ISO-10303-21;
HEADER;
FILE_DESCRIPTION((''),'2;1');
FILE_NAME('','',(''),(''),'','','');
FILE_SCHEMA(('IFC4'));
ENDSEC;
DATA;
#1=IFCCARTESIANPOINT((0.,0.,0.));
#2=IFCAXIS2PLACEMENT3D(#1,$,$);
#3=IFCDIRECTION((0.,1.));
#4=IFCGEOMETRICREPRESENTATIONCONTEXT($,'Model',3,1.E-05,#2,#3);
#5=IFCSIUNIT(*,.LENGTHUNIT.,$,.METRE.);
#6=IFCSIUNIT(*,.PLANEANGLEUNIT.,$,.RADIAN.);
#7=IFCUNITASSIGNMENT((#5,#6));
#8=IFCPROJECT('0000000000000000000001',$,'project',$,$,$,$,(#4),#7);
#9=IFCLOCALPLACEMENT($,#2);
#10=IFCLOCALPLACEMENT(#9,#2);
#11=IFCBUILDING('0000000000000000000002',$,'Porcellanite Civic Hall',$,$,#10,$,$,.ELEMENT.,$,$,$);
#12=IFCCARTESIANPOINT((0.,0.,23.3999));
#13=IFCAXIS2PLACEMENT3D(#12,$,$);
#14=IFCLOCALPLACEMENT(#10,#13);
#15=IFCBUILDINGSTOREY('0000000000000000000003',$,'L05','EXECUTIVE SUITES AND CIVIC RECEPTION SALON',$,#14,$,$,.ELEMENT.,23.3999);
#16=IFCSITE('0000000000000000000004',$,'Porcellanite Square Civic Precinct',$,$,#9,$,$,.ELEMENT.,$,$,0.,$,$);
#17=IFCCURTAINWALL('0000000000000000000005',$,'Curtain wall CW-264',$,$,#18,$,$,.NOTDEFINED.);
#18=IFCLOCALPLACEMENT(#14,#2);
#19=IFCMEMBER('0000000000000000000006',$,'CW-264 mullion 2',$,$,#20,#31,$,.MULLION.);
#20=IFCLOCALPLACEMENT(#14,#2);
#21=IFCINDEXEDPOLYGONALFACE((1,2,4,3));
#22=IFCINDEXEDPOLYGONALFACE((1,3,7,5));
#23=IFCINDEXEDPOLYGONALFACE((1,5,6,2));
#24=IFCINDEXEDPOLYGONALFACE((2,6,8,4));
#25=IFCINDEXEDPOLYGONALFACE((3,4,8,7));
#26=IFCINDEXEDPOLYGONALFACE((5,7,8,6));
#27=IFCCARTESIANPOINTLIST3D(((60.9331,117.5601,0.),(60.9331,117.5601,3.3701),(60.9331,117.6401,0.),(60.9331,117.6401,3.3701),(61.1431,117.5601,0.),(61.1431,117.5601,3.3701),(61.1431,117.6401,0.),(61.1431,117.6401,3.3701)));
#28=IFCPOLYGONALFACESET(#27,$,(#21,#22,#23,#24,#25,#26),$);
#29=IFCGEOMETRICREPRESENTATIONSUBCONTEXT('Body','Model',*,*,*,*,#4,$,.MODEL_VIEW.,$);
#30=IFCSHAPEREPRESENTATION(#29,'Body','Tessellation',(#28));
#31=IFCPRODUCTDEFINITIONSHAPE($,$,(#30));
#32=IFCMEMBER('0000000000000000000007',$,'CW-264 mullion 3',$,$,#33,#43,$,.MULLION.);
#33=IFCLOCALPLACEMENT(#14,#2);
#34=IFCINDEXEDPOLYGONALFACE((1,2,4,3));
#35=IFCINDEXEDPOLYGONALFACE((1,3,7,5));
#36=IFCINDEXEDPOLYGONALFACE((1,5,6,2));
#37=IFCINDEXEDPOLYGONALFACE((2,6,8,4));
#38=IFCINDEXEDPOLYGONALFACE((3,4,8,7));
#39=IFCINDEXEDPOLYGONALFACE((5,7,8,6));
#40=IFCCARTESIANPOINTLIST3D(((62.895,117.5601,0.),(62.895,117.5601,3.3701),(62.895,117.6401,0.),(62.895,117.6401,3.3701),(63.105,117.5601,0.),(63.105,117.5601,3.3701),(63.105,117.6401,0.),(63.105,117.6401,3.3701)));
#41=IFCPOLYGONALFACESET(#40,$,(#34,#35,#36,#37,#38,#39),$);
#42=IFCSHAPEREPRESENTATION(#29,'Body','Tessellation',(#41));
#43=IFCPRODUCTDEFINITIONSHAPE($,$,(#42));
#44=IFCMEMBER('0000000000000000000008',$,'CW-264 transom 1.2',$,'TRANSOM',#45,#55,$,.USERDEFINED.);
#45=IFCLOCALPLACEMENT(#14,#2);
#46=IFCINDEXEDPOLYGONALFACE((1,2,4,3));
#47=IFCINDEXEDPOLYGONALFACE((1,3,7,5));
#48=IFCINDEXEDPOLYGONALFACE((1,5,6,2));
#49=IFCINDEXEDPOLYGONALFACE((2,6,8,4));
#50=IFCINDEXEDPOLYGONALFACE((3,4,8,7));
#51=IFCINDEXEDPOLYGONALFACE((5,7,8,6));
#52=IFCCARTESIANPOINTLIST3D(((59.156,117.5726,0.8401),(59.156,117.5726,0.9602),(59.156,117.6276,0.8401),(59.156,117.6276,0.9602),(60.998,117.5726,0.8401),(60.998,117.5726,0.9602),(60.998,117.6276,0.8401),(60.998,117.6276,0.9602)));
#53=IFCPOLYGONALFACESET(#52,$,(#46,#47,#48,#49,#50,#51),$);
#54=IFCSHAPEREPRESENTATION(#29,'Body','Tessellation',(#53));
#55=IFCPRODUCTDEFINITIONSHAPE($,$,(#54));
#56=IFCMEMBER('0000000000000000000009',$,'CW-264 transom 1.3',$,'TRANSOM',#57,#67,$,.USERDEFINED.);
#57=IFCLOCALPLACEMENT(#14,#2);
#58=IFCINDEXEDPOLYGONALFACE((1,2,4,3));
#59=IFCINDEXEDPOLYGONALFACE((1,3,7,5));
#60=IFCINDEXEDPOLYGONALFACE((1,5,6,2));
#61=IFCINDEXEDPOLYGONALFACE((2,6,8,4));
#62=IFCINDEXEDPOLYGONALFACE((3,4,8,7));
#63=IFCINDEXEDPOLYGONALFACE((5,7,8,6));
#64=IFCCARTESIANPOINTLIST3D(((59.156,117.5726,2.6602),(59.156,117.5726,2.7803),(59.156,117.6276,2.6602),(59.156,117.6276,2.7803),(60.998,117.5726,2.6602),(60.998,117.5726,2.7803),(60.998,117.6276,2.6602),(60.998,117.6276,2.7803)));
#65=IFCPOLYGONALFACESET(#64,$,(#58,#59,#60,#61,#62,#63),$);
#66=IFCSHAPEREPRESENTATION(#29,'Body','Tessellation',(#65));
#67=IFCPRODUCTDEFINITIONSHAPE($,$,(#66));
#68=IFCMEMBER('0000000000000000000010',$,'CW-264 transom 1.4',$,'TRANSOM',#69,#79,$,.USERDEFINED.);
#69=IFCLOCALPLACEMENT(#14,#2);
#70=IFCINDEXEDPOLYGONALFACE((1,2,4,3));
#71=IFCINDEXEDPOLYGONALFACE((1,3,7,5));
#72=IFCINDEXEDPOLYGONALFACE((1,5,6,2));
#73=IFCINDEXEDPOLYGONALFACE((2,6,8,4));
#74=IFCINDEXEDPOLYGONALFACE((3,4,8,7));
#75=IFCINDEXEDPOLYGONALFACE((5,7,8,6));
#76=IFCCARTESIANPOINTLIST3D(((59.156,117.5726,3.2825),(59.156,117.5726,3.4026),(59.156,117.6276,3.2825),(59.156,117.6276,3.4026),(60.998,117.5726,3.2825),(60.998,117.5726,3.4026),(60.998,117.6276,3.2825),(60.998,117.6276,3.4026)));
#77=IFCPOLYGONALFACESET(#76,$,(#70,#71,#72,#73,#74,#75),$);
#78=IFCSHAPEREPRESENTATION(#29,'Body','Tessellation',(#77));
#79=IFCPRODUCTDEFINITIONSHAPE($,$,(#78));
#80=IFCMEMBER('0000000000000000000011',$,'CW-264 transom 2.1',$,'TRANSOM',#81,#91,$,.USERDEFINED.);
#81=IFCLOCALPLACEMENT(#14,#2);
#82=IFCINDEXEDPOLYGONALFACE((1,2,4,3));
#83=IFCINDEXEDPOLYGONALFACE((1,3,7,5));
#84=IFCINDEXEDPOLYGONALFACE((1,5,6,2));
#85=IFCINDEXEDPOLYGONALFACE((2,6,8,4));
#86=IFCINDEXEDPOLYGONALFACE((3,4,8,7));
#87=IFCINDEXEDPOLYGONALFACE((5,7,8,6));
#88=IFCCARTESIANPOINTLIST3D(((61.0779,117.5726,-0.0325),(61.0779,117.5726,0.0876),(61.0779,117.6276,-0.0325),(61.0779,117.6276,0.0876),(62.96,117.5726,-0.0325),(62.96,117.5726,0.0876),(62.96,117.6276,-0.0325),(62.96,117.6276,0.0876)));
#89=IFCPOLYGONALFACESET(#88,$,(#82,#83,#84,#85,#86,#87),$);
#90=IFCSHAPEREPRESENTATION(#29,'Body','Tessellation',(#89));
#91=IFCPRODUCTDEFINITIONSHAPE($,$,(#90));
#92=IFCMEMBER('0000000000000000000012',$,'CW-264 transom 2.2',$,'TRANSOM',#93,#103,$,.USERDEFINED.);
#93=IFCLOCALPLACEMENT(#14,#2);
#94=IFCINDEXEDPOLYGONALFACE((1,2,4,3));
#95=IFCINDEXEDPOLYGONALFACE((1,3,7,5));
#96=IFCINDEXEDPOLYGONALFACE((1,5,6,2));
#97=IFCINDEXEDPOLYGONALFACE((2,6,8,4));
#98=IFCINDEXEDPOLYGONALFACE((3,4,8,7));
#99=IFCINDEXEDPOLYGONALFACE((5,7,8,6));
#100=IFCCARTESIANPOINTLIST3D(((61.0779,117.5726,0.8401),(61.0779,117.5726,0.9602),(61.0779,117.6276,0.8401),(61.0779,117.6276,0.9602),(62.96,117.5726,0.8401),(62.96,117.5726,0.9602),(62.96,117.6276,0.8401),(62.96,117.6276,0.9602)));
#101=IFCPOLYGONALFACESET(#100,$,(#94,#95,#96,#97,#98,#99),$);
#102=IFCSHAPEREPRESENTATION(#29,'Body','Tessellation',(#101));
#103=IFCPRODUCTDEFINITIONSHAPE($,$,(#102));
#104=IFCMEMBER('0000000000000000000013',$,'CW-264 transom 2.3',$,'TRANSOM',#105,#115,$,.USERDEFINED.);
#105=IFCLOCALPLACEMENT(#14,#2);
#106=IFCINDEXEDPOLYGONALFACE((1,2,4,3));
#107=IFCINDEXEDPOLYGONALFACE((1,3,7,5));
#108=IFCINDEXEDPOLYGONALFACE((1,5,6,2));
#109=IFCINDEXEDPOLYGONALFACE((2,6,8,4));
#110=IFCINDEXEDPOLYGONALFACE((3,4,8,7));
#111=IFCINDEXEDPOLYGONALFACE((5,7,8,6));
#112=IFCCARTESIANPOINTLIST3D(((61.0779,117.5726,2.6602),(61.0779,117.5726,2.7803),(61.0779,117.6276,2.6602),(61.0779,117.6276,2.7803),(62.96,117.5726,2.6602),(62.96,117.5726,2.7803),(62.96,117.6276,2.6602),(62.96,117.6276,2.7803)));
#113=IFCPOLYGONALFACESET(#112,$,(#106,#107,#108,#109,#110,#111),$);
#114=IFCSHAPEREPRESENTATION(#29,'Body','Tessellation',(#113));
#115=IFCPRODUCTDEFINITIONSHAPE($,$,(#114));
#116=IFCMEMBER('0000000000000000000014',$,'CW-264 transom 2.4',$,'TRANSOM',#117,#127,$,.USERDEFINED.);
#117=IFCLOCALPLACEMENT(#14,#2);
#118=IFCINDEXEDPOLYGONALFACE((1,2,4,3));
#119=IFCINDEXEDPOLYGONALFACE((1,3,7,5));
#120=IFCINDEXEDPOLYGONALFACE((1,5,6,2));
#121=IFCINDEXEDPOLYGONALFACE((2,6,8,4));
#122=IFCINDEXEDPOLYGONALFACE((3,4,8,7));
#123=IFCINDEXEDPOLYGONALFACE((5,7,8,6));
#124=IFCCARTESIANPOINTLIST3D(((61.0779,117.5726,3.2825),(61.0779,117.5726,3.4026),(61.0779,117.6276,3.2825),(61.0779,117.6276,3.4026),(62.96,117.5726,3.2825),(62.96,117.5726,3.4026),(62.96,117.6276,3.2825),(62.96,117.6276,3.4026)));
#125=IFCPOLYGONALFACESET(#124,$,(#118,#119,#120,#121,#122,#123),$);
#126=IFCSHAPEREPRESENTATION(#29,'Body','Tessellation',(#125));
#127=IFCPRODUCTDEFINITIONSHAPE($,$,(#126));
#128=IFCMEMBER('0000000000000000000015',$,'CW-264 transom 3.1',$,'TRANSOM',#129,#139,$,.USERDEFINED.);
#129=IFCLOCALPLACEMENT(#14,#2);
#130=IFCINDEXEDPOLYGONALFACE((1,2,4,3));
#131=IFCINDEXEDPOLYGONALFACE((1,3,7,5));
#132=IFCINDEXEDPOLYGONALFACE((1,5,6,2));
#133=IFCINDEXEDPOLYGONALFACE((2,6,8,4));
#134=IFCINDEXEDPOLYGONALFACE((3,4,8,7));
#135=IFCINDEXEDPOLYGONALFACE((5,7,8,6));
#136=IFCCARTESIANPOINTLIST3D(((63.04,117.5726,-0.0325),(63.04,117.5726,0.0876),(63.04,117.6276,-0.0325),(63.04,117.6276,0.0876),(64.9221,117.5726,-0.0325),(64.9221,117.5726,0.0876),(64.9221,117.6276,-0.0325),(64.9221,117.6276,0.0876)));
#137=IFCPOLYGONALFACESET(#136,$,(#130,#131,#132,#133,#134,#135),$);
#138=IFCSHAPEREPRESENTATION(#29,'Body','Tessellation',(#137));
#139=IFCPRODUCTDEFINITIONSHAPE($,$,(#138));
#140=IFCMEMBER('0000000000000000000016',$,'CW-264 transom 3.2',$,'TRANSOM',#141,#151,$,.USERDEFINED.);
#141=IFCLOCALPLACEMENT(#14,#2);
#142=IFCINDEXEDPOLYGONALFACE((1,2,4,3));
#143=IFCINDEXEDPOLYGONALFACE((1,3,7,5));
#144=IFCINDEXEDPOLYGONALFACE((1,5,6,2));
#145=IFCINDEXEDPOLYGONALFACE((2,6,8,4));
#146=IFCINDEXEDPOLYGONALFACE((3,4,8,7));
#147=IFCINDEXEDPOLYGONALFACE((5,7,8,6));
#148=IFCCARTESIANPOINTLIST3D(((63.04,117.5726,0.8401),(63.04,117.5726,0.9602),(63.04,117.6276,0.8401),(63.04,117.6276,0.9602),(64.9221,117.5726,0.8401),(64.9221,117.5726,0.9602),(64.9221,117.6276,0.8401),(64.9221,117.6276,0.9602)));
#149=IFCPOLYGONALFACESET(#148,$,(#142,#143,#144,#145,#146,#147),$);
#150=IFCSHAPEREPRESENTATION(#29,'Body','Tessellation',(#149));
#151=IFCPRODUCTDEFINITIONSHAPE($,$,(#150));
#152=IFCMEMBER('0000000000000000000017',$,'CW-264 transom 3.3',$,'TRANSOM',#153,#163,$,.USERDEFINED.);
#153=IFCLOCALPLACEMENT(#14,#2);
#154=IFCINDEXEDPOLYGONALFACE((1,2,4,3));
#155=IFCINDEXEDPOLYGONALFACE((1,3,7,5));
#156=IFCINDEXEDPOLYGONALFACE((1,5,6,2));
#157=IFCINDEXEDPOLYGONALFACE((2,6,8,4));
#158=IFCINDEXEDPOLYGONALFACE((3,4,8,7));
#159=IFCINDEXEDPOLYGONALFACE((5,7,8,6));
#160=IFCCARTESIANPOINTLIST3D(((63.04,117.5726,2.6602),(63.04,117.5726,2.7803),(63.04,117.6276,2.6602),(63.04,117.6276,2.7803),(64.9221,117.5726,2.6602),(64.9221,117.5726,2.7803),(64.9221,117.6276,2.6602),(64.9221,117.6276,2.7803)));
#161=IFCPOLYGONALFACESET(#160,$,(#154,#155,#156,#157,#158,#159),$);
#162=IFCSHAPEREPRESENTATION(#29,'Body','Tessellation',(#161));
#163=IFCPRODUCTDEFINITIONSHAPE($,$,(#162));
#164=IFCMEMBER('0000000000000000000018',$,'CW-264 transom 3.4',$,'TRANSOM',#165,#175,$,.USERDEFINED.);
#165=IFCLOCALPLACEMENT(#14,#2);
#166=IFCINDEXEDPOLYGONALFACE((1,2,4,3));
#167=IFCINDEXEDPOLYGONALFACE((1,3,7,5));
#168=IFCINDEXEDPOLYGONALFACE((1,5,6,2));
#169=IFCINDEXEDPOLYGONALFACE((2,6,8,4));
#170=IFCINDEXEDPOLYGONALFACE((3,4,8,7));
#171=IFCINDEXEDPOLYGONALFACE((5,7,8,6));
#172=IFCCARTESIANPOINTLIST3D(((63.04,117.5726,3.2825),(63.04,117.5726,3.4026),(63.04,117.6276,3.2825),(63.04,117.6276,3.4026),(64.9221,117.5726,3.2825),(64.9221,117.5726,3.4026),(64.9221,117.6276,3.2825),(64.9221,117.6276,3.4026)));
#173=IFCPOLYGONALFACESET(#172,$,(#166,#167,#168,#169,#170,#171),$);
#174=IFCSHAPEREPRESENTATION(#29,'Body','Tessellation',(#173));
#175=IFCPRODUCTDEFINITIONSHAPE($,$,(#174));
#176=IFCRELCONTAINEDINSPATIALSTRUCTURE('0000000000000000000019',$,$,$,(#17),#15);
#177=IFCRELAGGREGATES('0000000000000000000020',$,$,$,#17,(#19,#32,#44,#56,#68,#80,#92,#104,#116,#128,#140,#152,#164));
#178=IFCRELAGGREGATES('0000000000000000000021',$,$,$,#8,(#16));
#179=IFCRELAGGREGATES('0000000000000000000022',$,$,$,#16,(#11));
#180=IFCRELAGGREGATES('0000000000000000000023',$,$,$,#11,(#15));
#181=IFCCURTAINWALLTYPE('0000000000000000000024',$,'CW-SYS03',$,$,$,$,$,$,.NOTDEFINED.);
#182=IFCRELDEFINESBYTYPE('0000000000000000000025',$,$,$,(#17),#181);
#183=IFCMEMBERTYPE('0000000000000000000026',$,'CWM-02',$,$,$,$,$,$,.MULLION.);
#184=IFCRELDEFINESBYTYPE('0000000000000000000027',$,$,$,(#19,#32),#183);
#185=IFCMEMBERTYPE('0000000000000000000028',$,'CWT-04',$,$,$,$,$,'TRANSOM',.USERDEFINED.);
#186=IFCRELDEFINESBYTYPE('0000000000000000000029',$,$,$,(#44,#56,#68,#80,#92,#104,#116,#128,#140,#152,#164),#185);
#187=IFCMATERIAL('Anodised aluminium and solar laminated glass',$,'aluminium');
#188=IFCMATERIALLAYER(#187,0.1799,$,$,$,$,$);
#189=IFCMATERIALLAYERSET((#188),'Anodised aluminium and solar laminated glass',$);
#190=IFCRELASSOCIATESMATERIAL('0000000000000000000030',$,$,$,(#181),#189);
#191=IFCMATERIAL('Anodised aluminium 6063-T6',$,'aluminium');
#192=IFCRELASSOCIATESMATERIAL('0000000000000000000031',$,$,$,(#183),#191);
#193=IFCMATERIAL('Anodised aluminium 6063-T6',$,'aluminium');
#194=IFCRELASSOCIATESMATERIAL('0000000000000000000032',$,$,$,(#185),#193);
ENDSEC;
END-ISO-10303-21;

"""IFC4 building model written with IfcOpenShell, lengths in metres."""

from ifc_helpers import new_model, si_unit, direction, frame, origin, origin_2d, place, context, subcontext, project, spatial, rectangle, extrude, material, layer, layer_set, material_profile, profile_set, type_object, element, aggregate, save


model = new_model("IFC4")

# Units and contexts
model_context = context("Model", 3, precision=1e-05, world=origin(), true_north=direction((0.0, 1.0)))
body_context = subcontext(model_context, "Body", "Model", "MODEL_VIEW")
ifc_project = project(units=[si_unit("LENGTHUNIT", "METRE"), si_unit("PLANEANGLEUNIT", "RADIAN")], contexts=[model_context])

# Site, building, storey
site_placement = place(None, origin())
site = spatial("IfcSite", under=ifc_project, at=site_placement, Name="Porcellanite Square Civic Precinct", CompositionType="ELEMENT", RefElevation=0.0)
building_placement = place(site_placement, origin())
building = spatial("IfcBuilding", under=site, at=building_placement, Name="Porcellanite Civic Hall", CompositionType="ELEMENT")
storey_placement = place(building_placement, frame((0.0, 0.0, 23.3999)))
storey = spatial("IfcBuildingStorey", under=building, at=storey_placement, Name="L05", Description="EXECUTIVE SUITES AND CIVIC RECEPTION SALON", CompositionType="ELEMENT", Elevation=23.3999)

# Curtain wall, members
ifc_material_1 = material(Name="Anodised aluminium and solar laminated glass", Category="aluminium")
ifc_layer_1 = layer(ifc_material_1, 0.1799)
ifc_layer_set_1 = layer_set([ifc_layer_1], Name="Anodised aluminium and solar laminated glass")
curtain_wall_type = type_object("IfcCurtainWallType", Name="CW-SYS03", PredefinedType="NOTDEFINED", material=ifc_layer_set_1)
curtain_wall_placement = place(storey_placement, origin())
curtain_wall = element("IfcCurtainWall", 1, at=curtain_wall_placement, inside=storey, type_object=curtain_wall_type, Name="Curtain wall CW-264", PredefinedType="NOTDEFINED")
ifc_material_2 = material(Name="Anodised aluminium 6063-T6", Category="aluminium")
ifc_material_profile_1 = material_profile(ifc_material_2, rectangle(XDim=0.0801, YDim=0.21, at=origin_2d()), Name="AL-80x210")
ifc_profile_set_1 = profile_set([ifc_material_profile_1], Name="Anodised aluminium 6063-T6")
member_type_1 = type_object("IfcMemberType", Name="CWM-02", PredefinedType="MULLION", material=ifc_profile_set_1)
member_1_placement = place(storey_placement, frame((61.0381, 117.6001, 0.0), z_axis=(0.0, 0.0, 1.0), x_axis=(0.0, 1.0, 0.0)))
member_1 = element("IfcMember", 2, at=member_1_placement, type_object=member_type_1, Name="CW-264 mullion 2", PredefinedType="MULLION", context=body_context, shape_type="SweptSolid", body=[
    extrude(rectangle(XDim=0.0801, YDim=0.21, at=origin_2d()), origin(), (0.0, 0.0, 1.0), 3.3701),
])
member_2_placement = place(storey_placement, frame((63.0, 117.6001, 0.0), z_axis=(0.0, 0.0, 1.0), x_axis=(0.0, 1.0, 0.0)))
member_2 = element("IfcMember", 3, at=member_2_placement, type_object=member_type_1, Name="CW-264 mullion 3", PredefinedType="MULLION", context=body_context, shape_type="SweptSolid", body=[
    extrude(rectangle(XDim=0.0801, YDim=0.21, at=origin_2d()), origin(), (0.0, 0.0, 1.0), 3.3701),
])
ifc_material_3 = material(Name="Anodised aluminium 6063-T6", Category="aluminium")
ifc_material_profile_2 = material_profile(ifc_material_3, rectangle(XDim=0.0549, YDim=0.1201, at=origin_2d()), Name="AL-55x120")
ifc_profile_set_2 = profile_set([ifc_material_profile_2], Name="Anodised aluminium 6063-T6")
member_type_2 = type_object("IfcMemberType", Name="CWT-04", ElementType="TRANSOM", PredefinedType="USERDEFINED", material=ifc_profile_set_2)
member_3_placement = place(storey_placement, frame((59.156, 117.6001, 0.9001), z_axis=(1.0, 0.0, 0.0), x_axis=(0.0, 1.0, 0.0)))
member_3 = element("IfcMember", 4, at=member_3_placement, type_object=member_type_2, Name="CW-264 transom 1.2", ObjectType="TRANSOM", PredefinedType="USERDEFINED", context=body_context, shape_type="SweptSolid", body=[
    extrude(rectangle(XDim=0.0549, YDim=0.1201, at=origin_2d()), origin(), (0.0, 0.0, 1.0), 1.842),
])
member_4_placement = place(storey_placement, frame((59.156, 117.6001, 2.7202), z_axis=(1.0, 0.0, 0.0), x_axis=(0.0, 1.0, 0.0)))
member_4 = element("IfcMember", 5, at=member_4_placement, type_object=member_type_2, Name="CW-264 transom 1.3", ObjectType="TRANSOM", PredefinedType="USERDEFINED", context=body_context, shape_type="SweptSolid", body=[
    extrude(rectangle(XDim=0.0549, YDim=0.1201, at=origin_2d()), origin(), (0.0, 0.0, 1.0), 1.842),
])
member_5_placement = place(storey_placement, frame((59.156, 117.6001, 3.3425), z_axis=(1.0, 0.0, 0.0), x_axis=(0.0, 1.0, 0.0)))
member_5 = element("IfcMember", 6, at=member_5_placement, type_object=member_type_2, Name="CW-264 transom 1.4", ObjectType="TRANSOM", PredefinedType="USERDEFINED", context=body_context, shape_type="SweptSolid", body=[
    extrude(rectangle(XDim=0.0549, YDim=0.1201, at=origin_2d()), origin(), (0.0, 0.0, 1.0), 1.842),
])
member_6_placement = place(storey_placement, frame((61.0779, 117.6001, 0.0276), z_axis=(1.0, 0.0, 0.0), x_axis=(0.0, 1.0, 0.0)))
member_6 = element("IfcMember", 7, at=member_6_placement, type_object=member_type_2, Name="CW-264 transom 2.1", ObjectType="TRANSOM", PredefinedType="USERDEFINED", context=body_context, shape_type="SweptSolid", body=[
    extrude(rectangle(XDim=0.0549, YDim=0.1201, at=origin_2d()), origin(), (0.0, 0.0, 1.0), 1.8821),
])
member_7_placement = place(storey_placement, frame((61.0779, 117.6001, 0.9001), z_axis=(1.0, 0.0, 0.0), x_axis=(0.0, 1.0, 0.0)))
member_7 = element("IfcMember", 8, at=member_7_placement, type_object=member_type_2, Name="CW-264 transom 2.2", ObjectType="TRANSOM", PredefinedType="USERDEFINED", context=body_context, shape_type="SweptSolid", body=[
    extrude(rectangle(XDim=0.0549, YDim=0.1201, at=origin_2d()), origin(), (0.0, 0.0, 1.0), 1.8821),
])
member_8_placement = place(storey_placement, frame((61.0779, 117.6001, 2.7202), z_axis=(1.0, 0.0, 0.0), x_axis=(0.0, 1.0, 0.0)))
member_8 = element("IfcMember", 9, at=member_8_placement, type_object=member_type_2, Name="CW-264 transom 2.3", ObjectType="TRANSOM", PredefinedType="USERDEFINED", context=body_context, shape_type="SweptSolid", body=[
    extrude(rectangle(XDim=0.0549, YDim=0.1201, at=origin_2d()), origin(), (0.0, 0.0, 1.0), 1.8821),
])
member_9_placement = place(storey_placement, frame((61.0779, 117.6001, 3.3425), z_axis=(1.0, 0.0, 0.0), x_axis=(0.0, 1.0, 0.0)))
member_9 = element("IfcMember", 10, at=member_9_placement, type_object=member_type_2, Name="CW-264 transom 2.4", ObjectType="TRANSOM", PredefinedType="USERDEFINED", context=body_context, shape_type="SweptSolid", body=[
    extrude(rectangle(XDim=0.0549, YDim=0.1201, at=origin_2d()), origin(), (0.0, 0.0, 1.0), 1.8821),
])
member_10_placement = place(storey_placement, frame((63.04, 117.6001, 0.0276), z_axis=(1.0, 0.0, 0.0), x_axis=(0.0, 1.0, 0.0)))
member_10 = element("IfcMember", 11, at=member_10_placement, type_object=member_type_2, Name="CW-264 transom 3.1", ObjectType="TRANSOM", PredefinedType="USERDEFINED", context=body_context, shape_type="SweptSolid", body=[
    extrude(rectangle(XDim=0.0549, YDim=0.1201, at=origin_2d()), origin(), (0.0, 0.0, 1.0), 1.8821),
])
member_11_placement = place(storey_placement, frame((63.04, 117.6001, 0.9001), z_axis=(1.0, 0.0, 0.0), x_axis=(0.0, 1.0, 0.0)))
member_11 = element("IfcMember", 12, at=member_11_placement, type_object=member_type_2, Name="CW-264 transom 3.2", ObjectType="TRANSOM", PredefinedType="USERDEFINED", context=body_context, shape_type="SweptSolid", body=[
    extrude(rectangle(XDim=0.0549, YDim=0.1201, at=origin_2d()), origin(), (0.0, 0.0, 1.0), 1.8821),
])
member_12_placement = place(storey_placement, frame((63.04, 117.6001, 2.7202), z_axis=(1.0, 0.0, 0.0), x_axis=(0.0, 1.0, 0.0)))
member_12 = element("IfcMember", 13, at=member_12_placement, type_object=member_type_2, Name="CW-264 transom 3.3", ObjectType="TRANSOM", PredefinedType="USERDEFINED", context=body_context, shape_type="SweptSolid", body=[
    extrude(rectangle(XDim=0.0549, YDim=0.1201, at=origin_2d()), origin(), (0.0, 0.0, 1.0), 1.8821),
])
member_13_placement = place(storey_placement, frame((63.04, 117.6001, 3.3425), z_axis=(1.0, 0.0, 0.0), x_axis=(0.0, 1.0, 0.0)))
member_13 = element("IfcMember", 14, at=member_13_placement, type_object=member_type_2, Name="CW-264 transom 3.4", ObjectType="TRANSOM", PredefinedType="USERDEFINED", context=body_context, shape_type="SweptSolid", body=[
    extrude(rectangle(XDim=0.0549, YDim=0.1201, at=origin_2d()), origin(), (0.0, 0.0, 1.0), 1.8821),
])

aggregate(curtain_wall, [member_1, member_2, member_3, member_4, member_5, member_6, member_7, member_8, member_9, member_10, member_11, member_12, member_13])

save(model, "model.ifc")
